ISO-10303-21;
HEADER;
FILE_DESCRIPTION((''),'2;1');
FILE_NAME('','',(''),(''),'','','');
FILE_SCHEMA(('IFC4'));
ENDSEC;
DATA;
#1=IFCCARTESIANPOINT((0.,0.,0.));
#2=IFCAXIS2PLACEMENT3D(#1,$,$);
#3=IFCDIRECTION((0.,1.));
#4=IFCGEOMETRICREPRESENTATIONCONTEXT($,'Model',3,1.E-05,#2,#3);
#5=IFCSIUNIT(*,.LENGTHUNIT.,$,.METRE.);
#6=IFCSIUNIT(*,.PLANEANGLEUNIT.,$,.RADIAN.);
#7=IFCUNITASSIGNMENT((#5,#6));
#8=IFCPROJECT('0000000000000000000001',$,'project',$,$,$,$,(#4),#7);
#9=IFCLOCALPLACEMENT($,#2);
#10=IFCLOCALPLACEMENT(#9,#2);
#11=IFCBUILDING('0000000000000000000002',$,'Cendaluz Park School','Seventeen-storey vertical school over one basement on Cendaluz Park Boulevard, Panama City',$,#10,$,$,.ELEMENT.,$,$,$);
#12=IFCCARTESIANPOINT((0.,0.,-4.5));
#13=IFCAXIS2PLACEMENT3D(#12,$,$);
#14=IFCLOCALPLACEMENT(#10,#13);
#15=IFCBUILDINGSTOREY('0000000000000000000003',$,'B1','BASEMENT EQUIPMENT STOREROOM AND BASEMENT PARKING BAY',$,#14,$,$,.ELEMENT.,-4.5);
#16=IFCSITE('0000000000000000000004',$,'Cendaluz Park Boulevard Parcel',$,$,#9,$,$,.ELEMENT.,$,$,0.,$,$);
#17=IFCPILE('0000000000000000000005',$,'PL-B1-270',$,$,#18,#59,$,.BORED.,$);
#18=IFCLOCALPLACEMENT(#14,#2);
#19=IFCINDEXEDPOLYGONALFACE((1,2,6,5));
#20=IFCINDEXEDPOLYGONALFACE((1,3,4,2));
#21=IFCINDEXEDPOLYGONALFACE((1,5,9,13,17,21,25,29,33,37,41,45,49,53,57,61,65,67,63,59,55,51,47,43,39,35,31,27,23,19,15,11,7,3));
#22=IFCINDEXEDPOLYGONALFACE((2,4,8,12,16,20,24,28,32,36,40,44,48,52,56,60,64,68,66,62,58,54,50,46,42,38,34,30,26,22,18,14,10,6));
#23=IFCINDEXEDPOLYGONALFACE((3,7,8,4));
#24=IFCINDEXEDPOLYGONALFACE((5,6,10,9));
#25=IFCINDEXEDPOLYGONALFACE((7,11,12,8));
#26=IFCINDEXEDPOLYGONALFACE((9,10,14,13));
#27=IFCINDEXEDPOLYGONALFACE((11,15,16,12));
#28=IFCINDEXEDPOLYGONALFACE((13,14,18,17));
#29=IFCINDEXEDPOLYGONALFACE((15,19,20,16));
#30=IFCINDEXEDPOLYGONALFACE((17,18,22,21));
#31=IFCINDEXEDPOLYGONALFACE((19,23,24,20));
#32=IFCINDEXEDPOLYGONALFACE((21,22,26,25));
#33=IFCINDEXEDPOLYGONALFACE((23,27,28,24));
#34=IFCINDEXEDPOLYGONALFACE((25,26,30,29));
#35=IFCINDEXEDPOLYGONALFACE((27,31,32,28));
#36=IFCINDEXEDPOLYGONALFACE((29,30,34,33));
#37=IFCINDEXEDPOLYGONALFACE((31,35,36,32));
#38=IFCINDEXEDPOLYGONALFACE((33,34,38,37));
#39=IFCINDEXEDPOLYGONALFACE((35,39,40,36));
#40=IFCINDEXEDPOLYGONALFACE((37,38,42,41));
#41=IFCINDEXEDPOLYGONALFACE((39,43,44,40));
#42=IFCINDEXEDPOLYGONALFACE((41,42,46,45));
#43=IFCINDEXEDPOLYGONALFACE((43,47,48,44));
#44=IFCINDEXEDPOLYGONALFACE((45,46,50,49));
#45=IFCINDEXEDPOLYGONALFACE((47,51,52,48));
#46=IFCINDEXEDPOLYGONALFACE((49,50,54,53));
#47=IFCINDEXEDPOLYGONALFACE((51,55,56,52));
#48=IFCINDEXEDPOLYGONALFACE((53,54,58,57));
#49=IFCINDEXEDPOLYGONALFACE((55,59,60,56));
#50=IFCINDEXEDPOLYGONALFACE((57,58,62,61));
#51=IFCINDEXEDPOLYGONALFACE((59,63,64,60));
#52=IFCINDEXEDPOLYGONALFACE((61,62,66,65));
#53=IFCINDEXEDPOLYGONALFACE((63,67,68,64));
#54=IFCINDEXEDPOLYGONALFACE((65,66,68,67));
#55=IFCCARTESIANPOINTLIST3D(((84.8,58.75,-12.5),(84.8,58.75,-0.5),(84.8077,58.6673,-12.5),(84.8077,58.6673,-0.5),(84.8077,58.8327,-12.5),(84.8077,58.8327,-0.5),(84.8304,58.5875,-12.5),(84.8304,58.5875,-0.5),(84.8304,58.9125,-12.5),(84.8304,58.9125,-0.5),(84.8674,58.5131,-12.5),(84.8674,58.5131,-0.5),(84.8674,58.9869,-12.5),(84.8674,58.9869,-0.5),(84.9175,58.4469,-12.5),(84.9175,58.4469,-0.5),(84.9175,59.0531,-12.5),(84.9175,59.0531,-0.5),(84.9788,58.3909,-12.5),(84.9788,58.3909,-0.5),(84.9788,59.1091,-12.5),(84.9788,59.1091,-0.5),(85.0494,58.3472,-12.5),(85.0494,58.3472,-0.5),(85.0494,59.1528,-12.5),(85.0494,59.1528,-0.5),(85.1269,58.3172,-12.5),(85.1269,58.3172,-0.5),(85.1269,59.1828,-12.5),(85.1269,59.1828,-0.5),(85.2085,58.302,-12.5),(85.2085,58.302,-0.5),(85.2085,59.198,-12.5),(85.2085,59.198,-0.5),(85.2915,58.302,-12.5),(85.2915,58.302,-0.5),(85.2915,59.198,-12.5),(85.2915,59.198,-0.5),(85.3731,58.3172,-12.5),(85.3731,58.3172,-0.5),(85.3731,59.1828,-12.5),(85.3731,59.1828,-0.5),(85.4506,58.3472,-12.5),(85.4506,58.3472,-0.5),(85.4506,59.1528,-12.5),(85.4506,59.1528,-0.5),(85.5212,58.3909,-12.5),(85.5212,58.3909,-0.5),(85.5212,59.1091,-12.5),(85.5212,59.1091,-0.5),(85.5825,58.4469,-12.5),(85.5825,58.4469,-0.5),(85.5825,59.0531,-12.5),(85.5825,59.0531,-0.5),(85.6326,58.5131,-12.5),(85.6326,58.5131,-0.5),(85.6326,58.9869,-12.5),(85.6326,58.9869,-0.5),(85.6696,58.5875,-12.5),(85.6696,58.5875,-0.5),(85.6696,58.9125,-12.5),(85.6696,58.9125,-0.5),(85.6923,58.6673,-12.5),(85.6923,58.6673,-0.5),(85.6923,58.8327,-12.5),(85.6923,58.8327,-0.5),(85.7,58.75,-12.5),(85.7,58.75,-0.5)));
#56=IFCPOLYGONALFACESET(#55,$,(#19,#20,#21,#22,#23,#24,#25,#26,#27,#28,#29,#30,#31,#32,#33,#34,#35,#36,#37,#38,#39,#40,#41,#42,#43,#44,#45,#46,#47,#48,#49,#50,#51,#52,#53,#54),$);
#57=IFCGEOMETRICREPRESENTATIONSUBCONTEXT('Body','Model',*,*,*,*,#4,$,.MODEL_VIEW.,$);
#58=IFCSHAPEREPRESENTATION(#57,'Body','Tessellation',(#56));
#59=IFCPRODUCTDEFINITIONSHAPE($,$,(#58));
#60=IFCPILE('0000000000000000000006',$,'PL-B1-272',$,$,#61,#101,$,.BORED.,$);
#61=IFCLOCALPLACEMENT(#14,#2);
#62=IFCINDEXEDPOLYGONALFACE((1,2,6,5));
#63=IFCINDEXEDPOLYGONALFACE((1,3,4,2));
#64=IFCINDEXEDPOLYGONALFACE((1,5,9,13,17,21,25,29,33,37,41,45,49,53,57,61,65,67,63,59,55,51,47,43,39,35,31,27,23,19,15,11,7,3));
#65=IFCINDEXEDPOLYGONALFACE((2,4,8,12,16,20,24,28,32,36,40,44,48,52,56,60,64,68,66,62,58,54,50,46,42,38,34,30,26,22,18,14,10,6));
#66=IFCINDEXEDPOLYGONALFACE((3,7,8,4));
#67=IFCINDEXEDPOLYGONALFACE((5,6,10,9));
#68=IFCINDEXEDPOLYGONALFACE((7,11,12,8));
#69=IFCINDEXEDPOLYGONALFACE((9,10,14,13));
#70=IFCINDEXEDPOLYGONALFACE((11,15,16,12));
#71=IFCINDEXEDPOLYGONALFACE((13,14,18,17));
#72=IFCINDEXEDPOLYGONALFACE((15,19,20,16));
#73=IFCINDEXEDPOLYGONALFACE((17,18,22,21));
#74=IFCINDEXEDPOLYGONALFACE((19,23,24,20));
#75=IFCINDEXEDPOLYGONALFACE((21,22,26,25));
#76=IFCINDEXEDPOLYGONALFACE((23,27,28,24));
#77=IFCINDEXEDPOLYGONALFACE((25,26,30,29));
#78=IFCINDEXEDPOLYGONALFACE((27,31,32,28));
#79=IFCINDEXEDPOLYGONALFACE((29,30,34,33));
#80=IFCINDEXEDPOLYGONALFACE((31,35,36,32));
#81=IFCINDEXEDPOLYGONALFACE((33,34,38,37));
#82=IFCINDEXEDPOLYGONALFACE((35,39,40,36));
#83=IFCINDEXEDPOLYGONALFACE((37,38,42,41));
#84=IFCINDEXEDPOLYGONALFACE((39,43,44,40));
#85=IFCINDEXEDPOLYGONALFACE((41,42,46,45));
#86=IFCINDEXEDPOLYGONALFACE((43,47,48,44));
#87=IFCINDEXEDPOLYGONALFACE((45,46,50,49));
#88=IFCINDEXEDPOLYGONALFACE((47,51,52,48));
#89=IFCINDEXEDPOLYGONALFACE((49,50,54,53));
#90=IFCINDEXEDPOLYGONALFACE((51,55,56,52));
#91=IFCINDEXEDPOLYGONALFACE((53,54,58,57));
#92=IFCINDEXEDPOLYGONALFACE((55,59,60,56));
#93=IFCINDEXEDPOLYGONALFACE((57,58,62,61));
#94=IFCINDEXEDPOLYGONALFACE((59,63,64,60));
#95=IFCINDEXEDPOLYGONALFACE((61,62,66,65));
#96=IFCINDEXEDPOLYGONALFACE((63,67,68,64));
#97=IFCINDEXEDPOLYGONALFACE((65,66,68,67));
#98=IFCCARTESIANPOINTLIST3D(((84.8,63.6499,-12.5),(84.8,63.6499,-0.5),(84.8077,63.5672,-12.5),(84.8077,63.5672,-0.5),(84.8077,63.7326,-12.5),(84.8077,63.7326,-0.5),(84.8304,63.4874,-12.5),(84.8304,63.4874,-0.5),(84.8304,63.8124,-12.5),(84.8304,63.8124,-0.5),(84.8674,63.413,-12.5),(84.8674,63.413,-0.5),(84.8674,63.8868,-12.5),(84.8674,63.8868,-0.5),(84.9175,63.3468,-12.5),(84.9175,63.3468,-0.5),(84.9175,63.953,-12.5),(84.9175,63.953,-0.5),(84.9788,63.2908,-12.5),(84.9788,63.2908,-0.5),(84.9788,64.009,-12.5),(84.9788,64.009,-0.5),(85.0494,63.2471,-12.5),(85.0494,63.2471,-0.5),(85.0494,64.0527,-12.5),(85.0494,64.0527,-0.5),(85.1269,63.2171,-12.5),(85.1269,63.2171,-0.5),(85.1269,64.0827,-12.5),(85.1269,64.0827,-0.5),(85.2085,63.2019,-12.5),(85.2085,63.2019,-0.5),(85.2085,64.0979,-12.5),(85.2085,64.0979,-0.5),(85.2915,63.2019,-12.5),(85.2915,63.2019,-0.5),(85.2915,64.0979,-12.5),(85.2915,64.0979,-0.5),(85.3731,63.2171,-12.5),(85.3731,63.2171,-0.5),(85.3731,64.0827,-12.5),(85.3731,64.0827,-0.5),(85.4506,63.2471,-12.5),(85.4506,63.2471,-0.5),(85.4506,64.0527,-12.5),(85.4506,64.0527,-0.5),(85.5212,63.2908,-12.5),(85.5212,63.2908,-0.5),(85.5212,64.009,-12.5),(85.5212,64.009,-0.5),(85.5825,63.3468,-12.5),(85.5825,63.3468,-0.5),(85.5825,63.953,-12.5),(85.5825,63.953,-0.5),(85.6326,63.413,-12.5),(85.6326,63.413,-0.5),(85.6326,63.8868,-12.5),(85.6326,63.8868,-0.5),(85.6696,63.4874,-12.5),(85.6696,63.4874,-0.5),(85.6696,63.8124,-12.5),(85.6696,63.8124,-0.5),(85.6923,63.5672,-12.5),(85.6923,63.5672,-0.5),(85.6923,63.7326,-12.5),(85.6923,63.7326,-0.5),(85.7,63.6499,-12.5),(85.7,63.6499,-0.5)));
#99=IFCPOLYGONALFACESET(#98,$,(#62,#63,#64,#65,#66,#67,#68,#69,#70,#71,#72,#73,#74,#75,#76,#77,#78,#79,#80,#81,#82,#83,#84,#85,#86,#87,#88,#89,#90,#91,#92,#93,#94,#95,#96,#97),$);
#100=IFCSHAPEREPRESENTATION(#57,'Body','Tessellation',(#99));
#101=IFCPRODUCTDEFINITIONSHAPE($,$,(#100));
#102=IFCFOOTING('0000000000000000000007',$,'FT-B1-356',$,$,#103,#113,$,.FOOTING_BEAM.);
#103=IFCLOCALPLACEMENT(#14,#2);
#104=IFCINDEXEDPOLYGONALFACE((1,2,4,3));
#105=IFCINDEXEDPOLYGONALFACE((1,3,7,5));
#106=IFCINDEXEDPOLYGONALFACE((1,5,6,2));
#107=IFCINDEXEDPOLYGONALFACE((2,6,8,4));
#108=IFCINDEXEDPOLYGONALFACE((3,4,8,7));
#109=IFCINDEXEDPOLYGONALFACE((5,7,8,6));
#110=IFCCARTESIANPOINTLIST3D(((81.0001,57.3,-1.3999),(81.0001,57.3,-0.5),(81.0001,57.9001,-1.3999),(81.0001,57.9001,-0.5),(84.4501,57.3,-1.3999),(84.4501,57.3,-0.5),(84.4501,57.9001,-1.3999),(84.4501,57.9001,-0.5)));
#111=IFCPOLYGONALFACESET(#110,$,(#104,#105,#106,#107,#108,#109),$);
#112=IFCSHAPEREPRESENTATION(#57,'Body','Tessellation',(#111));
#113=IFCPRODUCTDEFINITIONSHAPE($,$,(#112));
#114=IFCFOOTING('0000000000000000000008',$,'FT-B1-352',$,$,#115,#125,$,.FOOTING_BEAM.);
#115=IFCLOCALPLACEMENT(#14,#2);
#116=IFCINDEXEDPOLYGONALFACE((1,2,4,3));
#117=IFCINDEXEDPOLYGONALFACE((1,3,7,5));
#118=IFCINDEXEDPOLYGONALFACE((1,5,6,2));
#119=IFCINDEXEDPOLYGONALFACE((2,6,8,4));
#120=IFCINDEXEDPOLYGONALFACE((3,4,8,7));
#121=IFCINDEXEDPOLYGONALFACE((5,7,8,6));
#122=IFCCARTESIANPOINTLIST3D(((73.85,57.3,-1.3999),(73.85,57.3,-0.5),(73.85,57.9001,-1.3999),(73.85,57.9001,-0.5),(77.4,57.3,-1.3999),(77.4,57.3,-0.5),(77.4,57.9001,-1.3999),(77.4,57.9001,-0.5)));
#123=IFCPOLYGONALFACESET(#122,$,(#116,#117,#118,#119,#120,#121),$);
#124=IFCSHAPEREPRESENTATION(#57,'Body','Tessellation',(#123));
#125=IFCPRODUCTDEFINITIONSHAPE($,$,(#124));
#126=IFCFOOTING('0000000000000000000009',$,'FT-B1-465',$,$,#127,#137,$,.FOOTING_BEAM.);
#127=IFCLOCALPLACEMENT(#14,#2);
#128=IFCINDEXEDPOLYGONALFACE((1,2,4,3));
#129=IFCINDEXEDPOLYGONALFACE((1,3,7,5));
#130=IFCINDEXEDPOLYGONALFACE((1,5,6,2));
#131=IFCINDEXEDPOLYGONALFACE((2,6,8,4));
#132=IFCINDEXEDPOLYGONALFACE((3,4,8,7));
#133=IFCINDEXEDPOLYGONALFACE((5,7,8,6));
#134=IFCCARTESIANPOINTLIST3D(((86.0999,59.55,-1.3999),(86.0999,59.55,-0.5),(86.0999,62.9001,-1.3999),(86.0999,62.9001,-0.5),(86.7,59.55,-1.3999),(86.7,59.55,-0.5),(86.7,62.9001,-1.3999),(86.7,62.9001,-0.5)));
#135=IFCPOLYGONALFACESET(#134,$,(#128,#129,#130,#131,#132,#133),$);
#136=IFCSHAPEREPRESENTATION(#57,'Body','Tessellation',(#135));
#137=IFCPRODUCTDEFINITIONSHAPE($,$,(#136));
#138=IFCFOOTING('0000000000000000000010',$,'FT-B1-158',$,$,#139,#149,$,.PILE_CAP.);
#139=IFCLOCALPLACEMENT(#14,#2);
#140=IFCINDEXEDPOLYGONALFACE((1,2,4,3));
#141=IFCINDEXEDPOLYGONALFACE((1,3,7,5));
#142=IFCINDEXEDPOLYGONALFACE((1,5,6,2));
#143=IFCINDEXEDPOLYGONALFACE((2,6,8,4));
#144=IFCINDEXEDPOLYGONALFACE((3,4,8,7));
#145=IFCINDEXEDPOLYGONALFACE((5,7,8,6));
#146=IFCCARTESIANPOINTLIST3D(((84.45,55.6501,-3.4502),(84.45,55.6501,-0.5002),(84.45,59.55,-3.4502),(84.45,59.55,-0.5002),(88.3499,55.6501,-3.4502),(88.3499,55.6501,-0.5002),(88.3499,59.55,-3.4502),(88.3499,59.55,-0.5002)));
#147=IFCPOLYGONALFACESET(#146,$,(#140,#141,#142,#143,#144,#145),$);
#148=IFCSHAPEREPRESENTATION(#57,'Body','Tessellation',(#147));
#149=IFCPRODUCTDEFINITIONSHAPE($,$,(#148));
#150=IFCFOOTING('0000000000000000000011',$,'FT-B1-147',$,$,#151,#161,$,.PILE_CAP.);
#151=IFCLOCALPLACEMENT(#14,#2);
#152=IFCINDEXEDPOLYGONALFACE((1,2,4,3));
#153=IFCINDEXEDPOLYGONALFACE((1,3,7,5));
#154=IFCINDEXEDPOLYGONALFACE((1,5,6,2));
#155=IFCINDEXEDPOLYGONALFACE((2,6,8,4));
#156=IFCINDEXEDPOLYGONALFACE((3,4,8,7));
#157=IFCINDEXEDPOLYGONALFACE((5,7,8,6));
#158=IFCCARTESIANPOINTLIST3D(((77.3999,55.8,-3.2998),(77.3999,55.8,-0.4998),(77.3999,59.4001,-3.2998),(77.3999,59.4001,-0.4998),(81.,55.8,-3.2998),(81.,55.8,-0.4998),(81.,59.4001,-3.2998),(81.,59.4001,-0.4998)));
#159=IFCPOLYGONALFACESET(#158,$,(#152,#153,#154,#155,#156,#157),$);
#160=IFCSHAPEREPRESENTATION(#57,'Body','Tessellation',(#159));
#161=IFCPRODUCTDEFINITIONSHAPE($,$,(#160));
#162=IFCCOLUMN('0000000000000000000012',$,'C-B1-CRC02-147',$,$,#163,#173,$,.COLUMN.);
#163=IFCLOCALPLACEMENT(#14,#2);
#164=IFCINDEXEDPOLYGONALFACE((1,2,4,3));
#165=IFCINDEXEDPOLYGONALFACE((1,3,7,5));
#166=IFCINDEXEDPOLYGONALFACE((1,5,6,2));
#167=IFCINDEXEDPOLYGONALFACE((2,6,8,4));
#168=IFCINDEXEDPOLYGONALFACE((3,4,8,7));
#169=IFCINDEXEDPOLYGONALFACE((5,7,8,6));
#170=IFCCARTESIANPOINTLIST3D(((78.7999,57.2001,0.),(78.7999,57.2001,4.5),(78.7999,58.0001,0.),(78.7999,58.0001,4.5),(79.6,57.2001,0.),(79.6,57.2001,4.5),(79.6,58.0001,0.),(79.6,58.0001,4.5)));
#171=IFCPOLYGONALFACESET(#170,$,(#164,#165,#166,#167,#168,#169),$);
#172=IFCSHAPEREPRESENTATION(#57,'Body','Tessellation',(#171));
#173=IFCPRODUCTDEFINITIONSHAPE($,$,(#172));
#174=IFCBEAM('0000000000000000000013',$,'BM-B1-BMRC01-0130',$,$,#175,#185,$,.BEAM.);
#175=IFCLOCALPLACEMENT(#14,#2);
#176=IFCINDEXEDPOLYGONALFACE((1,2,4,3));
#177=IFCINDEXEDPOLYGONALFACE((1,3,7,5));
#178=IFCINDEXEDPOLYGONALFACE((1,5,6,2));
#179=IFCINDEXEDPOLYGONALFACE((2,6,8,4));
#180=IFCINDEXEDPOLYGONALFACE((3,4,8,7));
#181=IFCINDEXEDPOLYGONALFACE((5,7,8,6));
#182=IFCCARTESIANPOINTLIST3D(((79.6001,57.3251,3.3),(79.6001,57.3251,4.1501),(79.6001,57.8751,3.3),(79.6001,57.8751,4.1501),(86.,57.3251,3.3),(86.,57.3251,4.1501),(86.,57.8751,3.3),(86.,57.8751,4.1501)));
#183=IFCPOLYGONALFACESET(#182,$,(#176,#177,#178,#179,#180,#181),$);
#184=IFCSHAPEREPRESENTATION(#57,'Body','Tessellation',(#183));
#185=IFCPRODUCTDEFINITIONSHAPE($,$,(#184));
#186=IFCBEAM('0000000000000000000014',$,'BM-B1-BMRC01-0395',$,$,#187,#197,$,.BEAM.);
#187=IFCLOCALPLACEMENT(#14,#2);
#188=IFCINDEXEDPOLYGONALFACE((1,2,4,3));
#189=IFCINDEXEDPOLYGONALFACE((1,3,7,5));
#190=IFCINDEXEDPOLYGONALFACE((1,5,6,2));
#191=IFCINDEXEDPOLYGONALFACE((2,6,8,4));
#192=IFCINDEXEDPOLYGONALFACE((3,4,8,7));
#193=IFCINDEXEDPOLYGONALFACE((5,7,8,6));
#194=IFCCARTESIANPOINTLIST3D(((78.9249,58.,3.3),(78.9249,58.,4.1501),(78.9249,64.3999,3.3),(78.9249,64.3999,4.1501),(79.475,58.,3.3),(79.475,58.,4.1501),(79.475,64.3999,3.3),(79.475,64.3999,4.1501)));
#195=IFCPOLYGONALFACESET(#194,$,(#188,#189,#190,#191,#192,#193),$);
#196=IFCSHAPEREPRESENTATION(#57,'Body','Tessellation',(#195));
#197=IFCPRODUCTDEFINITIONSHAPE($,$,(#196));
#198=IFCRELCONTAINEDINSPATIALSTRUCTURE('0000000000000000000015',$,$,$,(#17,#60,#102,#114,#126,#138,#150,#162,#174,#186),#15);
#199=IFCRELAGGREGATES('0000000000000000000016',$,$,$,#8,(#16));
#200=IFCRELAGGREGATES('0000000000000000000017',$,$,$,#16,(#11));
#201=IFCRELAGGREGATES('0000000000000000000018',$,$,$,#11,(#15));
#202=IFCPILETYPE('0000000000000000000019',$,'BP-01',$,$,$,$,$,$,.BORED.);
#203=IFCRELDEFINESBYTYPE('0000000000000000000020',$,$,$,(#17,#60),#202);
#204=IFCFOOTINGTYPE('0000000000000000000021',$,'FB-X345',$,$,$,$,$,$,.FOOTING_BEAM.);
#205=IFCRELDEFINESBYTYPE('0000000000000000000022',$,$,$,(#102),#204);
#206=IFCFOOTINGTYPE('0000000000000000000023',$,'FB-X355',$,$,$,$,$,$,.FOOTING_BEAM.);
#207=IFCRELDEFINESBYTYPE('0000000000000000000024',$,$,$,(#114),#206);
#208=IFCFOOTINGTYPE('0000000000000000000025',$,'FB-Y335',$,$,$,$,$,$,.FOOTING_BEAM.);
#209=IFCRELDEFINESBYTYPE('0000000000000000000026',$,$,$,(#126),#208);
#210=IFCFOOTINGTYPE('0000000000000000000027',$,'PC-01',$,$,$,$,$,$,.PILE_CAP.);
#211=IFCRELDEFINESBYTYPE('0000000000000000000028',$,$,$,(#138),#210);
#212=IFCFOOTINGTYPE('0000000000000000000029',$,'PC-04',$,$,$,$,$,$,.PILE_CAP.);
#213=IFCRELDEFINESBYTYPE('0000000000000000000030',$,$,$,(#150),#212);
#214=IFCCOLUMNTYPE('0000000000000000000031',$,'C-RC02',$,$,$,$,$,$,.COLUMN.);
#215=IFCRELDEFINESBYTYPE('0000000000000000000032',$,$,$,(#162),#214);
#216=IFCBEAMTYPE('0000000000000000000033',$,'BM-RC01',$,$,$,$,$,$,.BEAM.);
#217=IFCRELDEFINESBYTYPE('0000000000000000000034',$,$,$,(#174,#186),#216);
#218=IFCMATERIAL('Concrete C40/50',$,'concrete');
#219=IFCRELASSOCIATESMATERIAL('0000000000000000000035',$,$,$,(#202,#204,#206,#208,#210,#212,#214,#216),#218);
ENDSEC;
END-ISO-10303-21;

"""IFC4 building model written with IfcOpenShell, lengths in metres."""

from ifc_helpers import new_model, si_unit, direction, frame, origin, origin_2d, place, context, subcontext, project, spatial, rectangle, circle, extrude, material, material_profile, profile_set, type_object, element, save


model = new_model("IFC4")

# Units and contexts
model_context = context("Model", 3, precision=1e-05, world=origin(), true_north=direction((0.0, 1.0)))
body_context = subcontext(model_context, "Body", "Model", "MODEL_VIEW")
ifc_project = project(units=[si_unit("LENGTHUNIT", "METRE"), si_unit("PLANEANGLEUNIT", "RADIAN")], contexts=[model_context])

# Site, building, storey
site_placement = place(None, origin())
site = spatial("IfcSite", under=ifc_project, at=site_placement, Name="Cendaluz Park Boulevard Parcel", CompositionType="ELEMENT", RefElevation=0.0)
building_placement = place(site_placement, origin())
building = spatial("IfcBuilding", under=site, at=building_placement, Name="Cendaluz Park School", Description="Seventeen-storey vertical school over one basement on Cendaluz Park Boulevard, Panama City", CompositionType="ELEMENT")
storey_placement = place(building_placement, frame((0.0, 0.0, -4.5)))
storey = spatial("IfcBuildingStorey", under=building, at=storey_placement, Name="B1", Description="BASEMENT EQUIPMENT STOREROOM AND BASEMENT PARKING BAY", CompositionType="ELEMENT", Elevation=-4.5)

# Piles
ifc_material_1 = material(Name="Concrete C40/50", Category="concrete")
ifc_material_profile_1 = material_profile(ifc_material_1, circle(Radius=0.45, at=origin_2d()), Name="BP D900", Category="concrete")
ifc_profile_set_1 = profile_set([ifc_material_profile_1], Name="Concrete C40/50")
pile_type = type_object("IfcPileType", Name="BP-01", PredefinedType="BORED", material=ifc_profile_set_1)
for number, where, z_axis, x_axis, name in (
    (1, (85.25, 58.75, -0.5), (0.0, 0.0, -1.0), (1.0, 0.0, 0.0), "PL-B1-270"),
    (2, (85.25, 63.6499, -0.5), (0.0, 0.0, -1.0), (1.0, 0.0, 0.0), "PL-B1-272"),
):
    element("IfcPile", number, at=place(storey_placement, frame(where, z_axis=z_axis, x_axis=x_axis)), inside=storey, type_object=pile_type, Name=name, PredefinedType="BORED", context=body_context, shape_type="SweptSolid", body=[
        extrude(circle(Radius=0.45, at=origin_2d()), origin(), (0.0, 0.0, 1.0), 12.0),
    ])

# Footings
footing_type_1 = type_object("IfcFootingType", Name="FB-X345", PredefinedType="FOOTING_BEAM", material=ifc_material_1)
footing_1_placement = place(storey_placement, frame((82.7251, 57.6001, -1.3999), z_axis=(0.0, 0.0, 1.0), x_axis=(1.0, 0.0, 0.0)))
element("IfcFooting", 3, at=footing_1_placement, inside=storey, type_object=footing_type_1, Name="FT-B1-356", PredefinedType="FOOTING_BEAM", context=body_context, shape_type="SweptSolid", body=[
    extrude(rectangle(XDim=3.45, YDim=0.6001, at=origin_2d()), origin(), (0.0, 0.0, 1.0), 0.8999),
])
footing_type_2 = type_object("IfcFootingType", Name="FB-X355", PredefinedType="FOOTING_BEAM", material=ifc_material_1)
footing_2_placement = place(storey_placement, frame((75.625, 57.6001, -1.3999), z_axis=(0.0, 0.0, 1.0), x_axis=(1.0, 0.0, 0.0)))
element("IfcFooting", 4, at=footing_2_placement, inside=storey, type_object=footing_type_2, Name="FT-B1-352", PredefinedType="FOOTING_BEAM", context=body_context, shape_type="SweptSolid", body=[
    extrude(rectangle(XDim=3.55, YDim=0.6001, at=origin_2d()), origin(), (0.0, 0.0, 1.0), 0.8999),
])
footing_type_3 = type_object("IfcFootingType", Name="FB-Y335", PredefinedType="FOOTING_BEAM", material=ifc_material_1)
footing_3_placement = place(storey_placement, frame((86.3999, 61.2251, -1.3999), z_axis=(0.0, 0.0, 1.0), x_axis=(1.0, 0.0, 0.0)))
element("IfcFooting", 5, at=footing_3_placement, inside=storey, type_object=footing_type_3, Name="FT-B1-465", PredefinedType="FOOTING_BEAM", context=body_context, shape_type="SweptSolid", body=[
    extrude(rectangle(XDim=0.6001, YDim=3.3501, at=origin_2d()), origin(), (0.0, 0.0, 1.0), 0.8999),
])
footing_type_4 = type_object("IfcFootingType", Name="PC-01", PredefinedType="PILE_CAP", material=ifc_material_1)
footing_4_placement = place(storey_placement, frame((86.3999, 57.6001, -3.4502), z_axis=(0.0, 0.0, 1.0), x_axis=(1.0, 0.0, 0.0)))
element("IfcFooting", 6, at=footing_4_placement, inside=storey, type_object=footing_type_4, Name="FT-B1-158", PredefinedType="PILE_CAP", context=body_context, shape_type="SweptSolid", body=[
    extrude(rectangle(XDim=3.8999, YDim=3.8999, at=origin_2d()), origin(), (0.0, 0.0, 1.0), 2.95),
])
footing_type_5 = type_object("IfcFootingType", Name="PC-04", PredefinedType="PILE_CAP", material=ifc_material_1)
footing_5_placement = place(storey_placement, frame((79.2, 57.6001, -3.2998), z_axis=(0.0, 0.0, 1.0), x_axis=(1.0, 0.0, 0.0)))
element("IfcFooting", 7, at=footing_5_placement, inside=storey, type_object=footing_type_5, Name="FT-B1-147", PredefinedType="PILE_CAP", context=body_context, shape_type="SweptSolid", body=[
    extrude(rectangle(XDim=3.6001, YDim=3.6001, at=origin_2d()), origin(), (0.0, 0.0, 1.0), 2.8),
])

# Column
ifc_material_profile_2 = material_profile(ifc_material_1, rectangle(XDim=0.8, YDim=0.8, at=origin_2d()), Name="RC 800x800", Category="concrete")
ifc_profile_set_2 = profile_set([ifc_material_profile_2], Name="Concrete C40/50")
column_type = type_object("IfcColumnType", Name="C-RC02", PredefinedType="COLUMN", material=ifc_profile_set_2)
column_placement = place(storey_placement, frame((79.2, 57.6001, 0.0), z_axis=(0.0, 0.0, 1.0), x_axis=(1.0, 0.0, 0.0)))
element("IfcColumn", 8, at=column_placement, inside=storey, type_object=column_type, Name="C-B1-CRC02-147", PredefinedType="COLUMN", context=body_context, shape_type="SweptSolid", body=[
    extrude(rectangle(XDim=0.8, YDim=0.8, at=origin_2d()), origin(), (0.0, 0.0, 1.0), 4.5),
])

# Beams
ifc_material_profile_3 = material_profile(ifc_material_1, rectangle(XDim=0.55, YDim=0.8501, at=origin_2d()), Name="RC 550x850", Category="concrete")
ifc_profile_set_3 = profile_set([ifc_material_profile_3], Name="Concrete C40/50")
beam_type = type_object("IfcBeamType", Name="BM-RC01", PredefinedType="BEAM", material=ifc_profile_set_3)
for number, where, z_axis, x_axis, name in (
    (9, (79.6001, 57.6001, 3.7251), (1.0, 0.0, 0.0), (0.0, 1.0, 0.0), "BM-B1-BMRC01-0130"),
    (10, (79.2, 58.0, 3.7251), (0.0, 1.0, 0.0), (-1.0, 0.0, 0.0), "BM-B1-BMRC01-0395"),
):
    element("IfcBeam", number, at=place(storey_placement, frame(where, z_axis=z_axis, x_axis=x_axis)), inside=storey, type_object=beam_type, Name=name, PredefinedType="BEAM", context=body_context, shape_type="SweptSolid", body=[
        extrude(rectangle(XDim=0.55, YDim=0.8501, at=origin_2d()), origin(), (0.0, 0.0, 1.0), 6.3999),
    ])

save(model, "model.ifc")
